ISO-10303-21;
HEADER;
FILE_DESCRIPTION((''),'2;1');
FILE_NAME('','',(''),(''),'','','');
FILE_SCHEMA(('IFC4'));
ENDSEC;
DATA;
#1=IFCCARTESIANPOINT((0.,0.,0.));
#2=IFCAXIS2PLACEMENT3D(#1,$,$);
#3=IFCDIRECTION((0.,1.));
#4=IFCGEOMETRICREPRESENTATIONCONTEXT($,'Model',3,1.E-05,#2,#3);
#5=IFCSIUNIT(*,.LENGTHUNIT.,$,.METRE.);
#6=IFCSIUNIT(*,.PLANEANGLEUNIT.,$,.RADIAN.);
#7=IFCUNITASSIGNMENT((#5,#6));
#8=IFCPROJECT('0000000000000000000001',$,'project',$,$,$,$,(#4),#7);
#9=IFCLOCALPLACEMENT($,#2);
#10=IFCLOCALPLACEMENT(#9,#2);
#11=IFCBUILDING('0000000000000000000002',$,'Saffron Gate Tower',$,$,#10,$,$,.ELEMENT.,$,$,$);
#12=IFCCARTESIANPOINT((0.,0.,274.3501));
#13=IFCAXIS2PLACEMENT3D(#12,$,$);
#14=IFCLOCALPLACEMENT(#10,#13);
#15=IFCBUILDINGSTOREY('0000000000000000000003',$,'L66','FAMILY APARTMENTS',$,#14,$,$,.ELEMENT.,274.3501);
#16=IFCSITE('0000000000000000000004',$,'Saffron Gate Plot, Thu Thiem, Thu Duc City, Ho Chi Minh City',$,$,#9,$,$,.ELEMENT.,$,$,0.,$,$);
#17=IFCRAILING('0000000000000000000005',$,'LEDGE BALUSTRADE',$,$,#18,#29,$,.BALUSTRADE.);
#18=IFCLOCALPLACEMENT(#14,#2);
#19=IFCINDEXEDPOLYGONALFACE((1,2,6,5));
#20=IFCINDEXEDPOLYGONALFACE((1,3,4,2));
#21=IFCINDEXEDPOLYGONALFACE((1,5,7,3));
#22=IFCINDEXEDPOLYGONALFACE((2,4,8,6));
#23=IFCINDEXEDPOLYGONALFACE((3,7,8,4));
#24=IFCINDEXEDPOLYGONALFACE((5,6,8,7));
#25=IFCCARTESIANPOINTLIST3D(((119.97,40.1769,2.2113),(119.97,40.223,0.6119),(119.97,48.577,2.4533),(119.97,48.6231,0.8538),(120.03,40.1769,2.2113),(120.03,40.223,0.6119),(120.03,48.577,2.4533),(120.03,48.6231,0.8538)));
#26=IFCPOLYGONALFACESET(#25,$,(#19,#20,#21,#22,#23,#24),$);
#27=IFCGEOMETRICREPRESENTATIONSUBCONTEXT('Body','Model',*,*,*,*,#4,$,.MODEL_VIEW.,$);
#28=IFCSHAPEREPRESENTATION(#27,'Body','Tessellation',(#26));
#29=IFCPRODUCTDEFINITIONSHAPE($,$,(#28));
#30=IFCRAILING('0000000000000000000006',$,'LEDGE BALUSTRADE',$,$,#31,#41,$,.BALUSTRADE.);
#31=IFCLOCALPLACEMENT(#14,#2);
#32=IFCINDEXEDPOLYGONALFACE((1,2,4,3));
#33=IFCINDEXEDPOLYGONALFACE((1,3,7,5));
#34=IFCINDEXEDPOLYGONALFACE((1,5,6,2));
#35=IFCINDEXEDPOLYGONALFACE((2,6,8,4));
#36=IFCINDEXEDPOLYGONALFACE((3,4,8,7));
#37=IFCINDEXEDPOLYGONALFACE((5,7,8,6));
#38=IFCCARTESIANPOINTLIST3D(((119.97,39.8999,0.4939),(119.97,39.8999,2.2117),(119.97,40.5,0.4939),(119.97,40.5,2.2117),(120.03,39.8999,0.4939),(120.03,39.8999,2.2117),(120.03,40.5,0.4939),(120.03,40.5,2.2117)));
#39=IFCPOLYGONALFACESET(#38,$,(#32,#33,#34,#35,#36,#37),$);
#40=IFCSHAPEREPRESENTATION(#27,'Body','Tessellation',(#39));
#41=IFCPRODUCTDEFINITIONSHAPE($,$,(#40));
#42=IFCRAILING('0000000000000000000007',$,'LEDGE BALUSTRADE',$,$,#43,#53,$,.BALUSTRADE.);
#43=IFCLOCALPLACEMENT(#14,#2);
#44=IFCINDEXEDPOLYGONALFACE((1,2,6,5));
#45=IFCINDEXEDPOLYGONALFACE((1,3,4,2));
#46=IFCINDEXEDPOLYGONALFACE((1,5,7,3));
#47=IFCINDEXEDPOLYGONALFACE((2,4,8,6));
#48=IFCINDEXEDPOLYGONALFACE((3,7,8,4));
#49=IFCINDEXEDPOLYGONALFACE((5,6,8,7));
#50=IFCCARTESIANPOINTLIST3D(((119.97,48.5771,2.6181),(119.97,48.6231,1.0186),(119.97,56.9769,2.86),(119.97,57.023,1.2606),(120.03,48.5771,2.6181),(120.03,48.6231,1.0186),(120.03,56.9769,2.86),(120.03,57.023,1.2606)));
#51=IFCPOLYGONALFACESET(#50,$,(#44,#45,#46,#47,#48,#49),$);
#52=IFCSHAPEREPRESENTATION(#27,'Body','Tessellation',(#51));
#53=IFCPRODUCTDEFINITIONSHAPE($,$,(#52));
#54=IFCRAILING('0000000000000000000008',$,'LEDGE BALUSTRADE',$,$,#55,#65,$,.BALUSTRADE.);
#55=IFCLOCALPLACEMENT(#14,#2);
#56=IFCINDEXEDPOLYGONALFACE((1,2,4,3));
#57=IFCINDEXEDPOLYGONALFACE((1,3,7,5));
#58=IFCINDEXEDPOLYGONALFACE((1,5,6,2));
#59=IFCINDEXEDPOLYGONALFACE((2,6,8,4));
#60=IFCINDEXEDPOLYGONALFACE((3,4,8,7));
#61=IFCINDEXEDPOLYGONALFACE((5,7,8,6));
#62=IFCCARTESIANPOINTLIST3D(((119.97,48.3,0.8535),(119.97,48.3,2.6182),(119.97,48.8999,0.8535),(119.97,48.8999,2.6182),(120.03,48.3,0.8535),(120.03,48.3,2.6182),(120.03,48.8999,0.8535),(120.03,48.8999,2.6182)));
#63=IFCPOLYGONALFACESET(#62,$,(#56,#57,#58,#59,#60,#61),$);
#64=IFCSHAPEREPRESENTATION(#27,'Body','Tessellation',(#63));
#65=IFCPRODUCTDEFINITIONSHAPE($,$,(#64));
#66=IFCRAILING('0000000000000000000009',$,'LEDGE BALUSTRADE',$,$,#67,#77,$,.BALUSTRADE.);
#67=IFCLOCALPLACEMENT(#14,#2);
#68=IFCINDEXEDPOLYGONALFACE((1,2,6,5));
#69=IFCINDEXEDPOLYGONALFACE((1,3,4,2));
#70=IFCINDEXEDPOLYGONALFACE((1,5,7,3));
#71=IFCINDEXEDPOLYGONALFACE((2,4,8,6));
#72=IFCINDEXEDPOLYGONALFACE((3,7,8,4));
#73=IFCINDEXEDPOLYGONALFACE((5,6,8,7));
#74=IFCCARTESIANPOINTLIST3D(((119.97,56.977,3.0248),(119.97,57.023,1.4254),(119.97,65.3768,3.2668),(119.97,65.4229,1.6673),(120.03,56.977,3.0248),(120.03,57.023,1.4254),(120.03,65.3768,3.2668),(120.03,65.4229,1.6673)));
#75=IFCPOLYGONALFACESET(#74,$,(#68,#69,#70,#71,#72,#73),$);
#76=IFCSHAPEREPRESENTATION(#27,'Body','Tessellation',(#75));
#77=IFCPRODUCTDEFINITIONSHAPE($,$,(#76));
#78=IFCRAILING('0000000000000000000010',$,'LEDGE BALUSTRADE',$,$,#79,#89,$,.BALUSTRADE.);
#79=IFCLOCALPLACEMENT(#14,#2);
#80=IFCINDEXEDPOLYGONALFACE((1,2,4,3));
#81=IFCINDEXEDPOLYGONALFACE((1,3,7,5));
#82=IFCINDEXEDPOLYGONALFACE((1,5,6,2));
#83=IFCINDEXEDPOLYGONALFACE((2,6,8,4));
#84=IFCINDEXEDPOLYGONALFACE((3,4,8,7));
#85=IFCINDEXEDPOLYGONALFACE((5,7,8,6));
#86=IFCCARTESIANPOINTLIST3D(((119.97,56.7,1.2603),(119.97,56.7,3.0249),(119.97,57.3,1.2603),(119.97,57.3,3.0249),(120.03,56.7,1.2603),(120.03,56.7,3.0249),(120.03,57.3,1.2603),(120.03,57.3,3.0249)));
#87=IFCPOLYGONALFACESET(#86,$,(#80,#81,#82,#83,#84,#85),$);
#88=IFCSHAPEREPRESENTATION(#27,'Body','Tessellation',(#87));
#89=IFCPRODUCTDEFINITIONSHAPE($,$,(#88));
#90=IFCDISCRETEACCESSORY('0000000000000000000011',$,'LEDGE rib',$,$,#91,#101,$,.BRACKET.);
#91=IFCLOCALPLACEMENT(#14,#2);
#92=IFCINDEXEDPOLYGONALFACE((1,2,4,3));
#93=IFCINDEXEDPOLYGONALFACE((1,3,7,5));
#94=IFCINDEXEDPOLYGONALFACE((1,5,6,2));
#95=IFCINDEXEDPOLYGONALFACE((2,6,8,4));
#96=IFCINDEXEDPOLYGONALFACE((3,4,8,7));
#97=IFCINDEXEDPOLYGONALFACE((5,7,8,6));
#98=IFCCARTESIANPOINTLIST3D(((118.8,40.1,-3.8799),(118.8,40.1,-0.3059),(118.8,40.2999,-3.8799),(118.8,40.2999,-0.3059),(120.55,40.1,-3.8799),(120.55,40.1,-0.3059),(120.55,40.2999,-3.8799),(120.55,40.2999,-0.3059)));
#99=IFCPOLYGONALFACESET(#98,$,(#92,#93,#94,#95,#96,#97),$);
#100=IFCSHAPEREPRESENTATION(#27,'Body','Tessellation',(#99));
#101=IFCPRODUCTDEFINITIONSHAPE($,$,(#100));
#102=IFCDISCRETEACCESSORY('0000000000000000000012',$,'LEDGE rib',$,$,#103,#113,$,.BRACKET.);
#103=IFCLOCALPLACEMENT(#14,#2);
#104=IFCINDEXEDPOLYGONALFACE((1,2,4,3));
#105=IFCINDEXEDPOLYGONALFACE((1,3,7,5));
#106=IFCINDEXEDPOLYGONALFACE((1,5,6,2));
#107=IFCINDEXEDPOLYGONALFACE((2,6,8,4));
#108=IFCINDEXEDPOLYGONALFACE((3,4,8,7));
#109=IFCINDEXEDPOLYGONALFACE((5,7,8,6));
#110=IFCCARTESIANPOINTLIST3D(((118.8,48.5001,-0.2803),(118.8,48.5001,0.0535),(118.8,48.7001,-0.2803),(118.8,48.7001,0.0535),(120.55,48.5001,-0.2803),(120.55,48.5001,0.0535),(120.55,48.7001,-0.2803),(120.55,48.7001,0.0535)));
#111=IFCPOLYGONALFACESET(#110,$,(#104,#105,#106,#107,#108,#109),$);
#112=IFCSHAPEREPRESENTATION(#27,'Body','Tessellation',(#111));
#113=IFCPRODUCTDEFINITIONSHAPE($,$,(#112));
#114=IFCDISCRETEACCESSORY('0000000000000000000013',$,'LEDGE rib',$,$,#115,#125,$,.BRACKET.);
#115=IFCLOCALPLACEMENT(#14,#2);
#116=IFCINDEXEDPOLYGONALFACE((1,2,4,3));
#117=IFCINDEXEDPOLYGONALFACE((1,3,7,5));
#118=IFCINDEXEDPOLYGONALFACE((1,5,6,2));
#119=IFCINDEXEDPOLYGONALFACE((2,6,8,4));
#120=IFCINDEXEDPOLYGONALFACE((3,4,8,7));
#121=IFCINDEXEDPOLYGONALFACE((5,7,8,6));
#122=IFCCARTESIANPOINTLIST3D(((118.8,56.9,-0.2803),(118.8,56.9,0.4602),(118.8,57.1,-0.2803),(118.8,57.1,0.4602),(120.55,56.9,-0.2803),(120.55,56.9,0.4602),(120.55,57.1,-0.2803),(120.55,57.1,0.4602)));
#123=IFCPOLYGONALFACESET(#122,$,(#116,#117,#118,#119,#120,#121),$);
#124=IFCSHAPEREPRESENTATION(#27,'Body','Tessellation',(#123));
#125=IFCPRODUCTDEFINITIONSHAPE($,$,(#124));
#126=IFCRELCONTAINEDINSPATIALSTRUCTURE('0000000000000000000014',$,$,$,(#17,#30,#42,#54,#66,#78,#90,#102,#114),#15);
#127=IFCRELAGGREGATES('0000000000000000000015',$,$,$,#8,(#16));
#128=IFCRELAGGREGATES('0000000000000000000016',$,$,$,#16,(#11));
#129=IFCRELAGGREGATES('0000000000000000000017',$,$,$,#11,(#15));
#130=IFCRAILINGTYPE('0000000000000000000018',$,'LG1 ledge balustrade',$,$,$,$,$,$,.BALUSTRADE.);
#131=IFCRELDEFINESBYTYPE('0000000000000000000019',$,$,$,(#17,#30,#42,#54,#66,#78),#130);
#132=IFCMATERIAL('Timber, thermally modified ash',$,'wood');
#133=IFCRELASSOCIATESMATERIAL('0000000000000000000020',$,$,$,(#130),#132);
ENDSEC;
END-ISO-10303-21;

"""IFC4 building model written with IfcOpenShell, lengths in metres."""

from ifc_helpers import new_model, si_unit, direction, frame, origin, origin_2d, place, context, subcontext, project, spatial, rectangle, extrude, material, type_object, element, save


model = new_model("IFC4")

# Units and contexts
model_context = context("Model", 3, precision=1e-05, world=origin(), true_north=direction((0.0, 1.0)))
body_context = subcontext(model_context, "Body", "Model", "MODEL_VIEW")
ifc_project = project(units=[si_unit("LENGTHUNIT", "METRE"), si_unit("PLANEANGLEUNIT", "RADIAN")], contexts=[model_context])

# Site, building, storey
site_placement = place(None, origin())
site = spatial("IfcSite", under=ifc_project, at=site_placement, Name="Saffron Gate Plot, Thu Thiem, Thu Duc City, Ho Chi Minh City", CompositionType="ELEMENT", RefElevation=0.0)
building_placement = place(site_placement, origin())
building = spatial("IfcBuilding", under=site, at=building_placement, Name="Saffron Gate Tower", CompositionType="ELEMENT")
storey_placement = place(building_placement, frame((0.0, 0.0, 274.3501)))
storey = spatial("IfcBuildingStorey", under=building, at=storey_placement, Name="L66", Description="FAMILY APARTMENTS", CompositionType="ELEMENT", Elevation=274.3501)

# Shared definitions
ifc_material_1 = material(Name="Timber, thermally modified ash", Category="wood")

# Railings
railing_type = type_object("IfcRailingType", Name="LG1 ledge balustrade", PredefinedType="BALUSTRADE", material=ifc_material_1)
railing_1_placement = place(storey_placement, frame((120.0, 40.2, 0.6116)))
element("IfcRailing", 1, at=railing_1_placement, inside=storey, type_object=railing_type, Name="LEDGE BALUSTRADE", PredefinedType="BALUSTRADE", context=body_context, shape_type="SweptSolid", body=[
    extrude(rectangle(XDim=0.0601, YDim=1.6001, at=origin_2d()), frame((0.0, 0.0, 0.8), z_axis=(0.0, 0.999585, 0.02879), x_axis=(-1.0, 0.0, 0.0)), (0.0, 0.0, 1.0), 8.4036),
])
railing_2_placement = place(storey_placement, frame((120.0, 39.8999, 0.4939)))
element("IfcRailing", 2, at=railing_2_placement, inside=storey, type_object=railing_type, Name="LEDGE BALUSTRADE", PredefinedType="BALUSTRADE", context=body_context, shape_type="SweptSolid", body=[
    extrude(rectangle(XDim=0.0601, YDim=1.7178, at=origin_2d()), frame((0.0, 0.0, 0.8589), z_axis=(0.0, 1.0, 0.0), x_axis=(-1.0, 0.0, 0.0)), (0.0, 0.0, 1.0), 0.6001),
])
railing_3_placement = place(storey_placement, frame((120.0, 48.6001, 1.0183)))
element("IfcRailing", 3, at=railing_3_placement, inside=storey, type_object=railing_type, Name="LEDGE BALUSTRADE", PredefinedType="BALUSTRADE", context=body_context, shape_type="SweptSolid", body=[
    extrude(rectangle(XDim=0.0601, YDim=1.6001, at=origin_2d()), frame((0.0, 0.0, 0.8), z_axis=(0.0, 0.999585, 0.028791), x_axis=(-1.0, 0.0, 0.0)), (0.0, 0.0, 1.0), 8.4033),
])
railing_4_placement = place(storey_placement, frame((120.0, 48.3, 0.8535)))
element("IfcRailing", 4, at=railing_4_placement, inside=storey, type_object=railing_type, Name="LEDGE BALUSTRADE", PredefinedType="BALUSTRADE", context=body_context, shape_type="SweptSolid", body=[
    extrude(rectangle(XDim=0.0601, YDim=1.7646, at=origin_2d()), frame((0.0, 0.0, 0.8823), z_axis=(0.0, 1.0, 0.0), x_axis=(-1.0, 0.0, 0.0)), (0.0, 0.0, 1.0), 0.5999),
])
railing_5_placement = place(storey_placement, frame((120.0, 57.0, 1.425)))
element("IfcRailing", 5, at=railing_5_placement, inside=storey, type_object=railing_type, Name="LEDGE BALUSTRADE", PredefinedType="BALUSTRADE", context=body_context, shape_type="SweptSolid", body=[
    extrude(rectangle(XDim=0.0601, YDim=1.6001, at=origin_2d()), frame((0.0, 0.0, 0.8), z_axis=(0.0, 0.999585, 0.028791), x_axis=(-1.0, 0.0, 0.0)), (0.0, 0.0, 1.0), 8.4033),
])
railing_6_placement = place(storey_placement, frame((120.0, 56.7, 1.2603)))
element("IfcRailing", 6, at=railing_6_placement, inside=storey, type_object=railing_type, Name="LEDGE BALUSTRADE", PredefinedType="BALUSTRADE", context=body_context, shape_type="SweptSolid", body=[
    extrude(rectangle(XDim=0.0601, YDim=1.7646, at=origin_2d()), frame((0.0, 0.0, 0.8823), z_axis=(0.0, 1.0, 0.0), x_axis=(-1.0, 0.0, 0.0)), (0.0, 0.0, 1.0), 0.6001),
])

# Discrete accessories
discrete_accessory_1_placement = place(storey_placement, frame((119.675, 40.2, -3.8799), z_axis=(0.0, 0.0, 1.0), x_axis=(0.0, 1.0, 0.0)))
element("IfcDiscreteAccessory", 7, at=discrete_accessory_1_placement, inside=storey, Name="LEDGE rib", PredefinedType="BRACKET", context=body_context, shape_type="SweptSolid", body=[
    extrude(rectangle(XDim=0.2, YDim=1.75, at=origin_2d()), origin(), (0.0, 0.0, 1.0), 3.574),
])
discrete_accessory_2_placement = place(storey_placement, frame((119.675, 48.6001, -0.2803), z_axis=(0.0, 0.0, 1.0), x_axis=(0.0, 1.0, 0.0)))
element("IfcDiscreteAccessory", 8, at=discrete_accessory_2_placement, inside=storey, Name="LEDGE rib", PredefinedType="BRACKET", context=body_context, shape_type="SweptSolid", body=[
    extrude(rectangle(XDim=0.2, YDim=1.75, at=origin_2d()), origin(), (0.0, 0.0, 1.0), 0.3337),
])
discrete_accessory_3_placement = place(storey_placement, frame((119.675, 57.0, -0.2803), z_axis=(0.0, 0.0, 1.0), x_axis=(0.0, 1.0, 0.0)))
element("IfcDiscreteAccessory", 9, at=discrete_accessory_3_placement, inside=storey, Name="LEDGE rib", PredefinedType="BRACKET", context=body_context, shape_type="SweptSolid", body=[
    extrude(rectangle(XDim=0.2, YDim=1.75, at=origin_2d()), origin(), (0.0, 0.0, 1.0), 0.7405),
])

save(model, "model.ifc")
